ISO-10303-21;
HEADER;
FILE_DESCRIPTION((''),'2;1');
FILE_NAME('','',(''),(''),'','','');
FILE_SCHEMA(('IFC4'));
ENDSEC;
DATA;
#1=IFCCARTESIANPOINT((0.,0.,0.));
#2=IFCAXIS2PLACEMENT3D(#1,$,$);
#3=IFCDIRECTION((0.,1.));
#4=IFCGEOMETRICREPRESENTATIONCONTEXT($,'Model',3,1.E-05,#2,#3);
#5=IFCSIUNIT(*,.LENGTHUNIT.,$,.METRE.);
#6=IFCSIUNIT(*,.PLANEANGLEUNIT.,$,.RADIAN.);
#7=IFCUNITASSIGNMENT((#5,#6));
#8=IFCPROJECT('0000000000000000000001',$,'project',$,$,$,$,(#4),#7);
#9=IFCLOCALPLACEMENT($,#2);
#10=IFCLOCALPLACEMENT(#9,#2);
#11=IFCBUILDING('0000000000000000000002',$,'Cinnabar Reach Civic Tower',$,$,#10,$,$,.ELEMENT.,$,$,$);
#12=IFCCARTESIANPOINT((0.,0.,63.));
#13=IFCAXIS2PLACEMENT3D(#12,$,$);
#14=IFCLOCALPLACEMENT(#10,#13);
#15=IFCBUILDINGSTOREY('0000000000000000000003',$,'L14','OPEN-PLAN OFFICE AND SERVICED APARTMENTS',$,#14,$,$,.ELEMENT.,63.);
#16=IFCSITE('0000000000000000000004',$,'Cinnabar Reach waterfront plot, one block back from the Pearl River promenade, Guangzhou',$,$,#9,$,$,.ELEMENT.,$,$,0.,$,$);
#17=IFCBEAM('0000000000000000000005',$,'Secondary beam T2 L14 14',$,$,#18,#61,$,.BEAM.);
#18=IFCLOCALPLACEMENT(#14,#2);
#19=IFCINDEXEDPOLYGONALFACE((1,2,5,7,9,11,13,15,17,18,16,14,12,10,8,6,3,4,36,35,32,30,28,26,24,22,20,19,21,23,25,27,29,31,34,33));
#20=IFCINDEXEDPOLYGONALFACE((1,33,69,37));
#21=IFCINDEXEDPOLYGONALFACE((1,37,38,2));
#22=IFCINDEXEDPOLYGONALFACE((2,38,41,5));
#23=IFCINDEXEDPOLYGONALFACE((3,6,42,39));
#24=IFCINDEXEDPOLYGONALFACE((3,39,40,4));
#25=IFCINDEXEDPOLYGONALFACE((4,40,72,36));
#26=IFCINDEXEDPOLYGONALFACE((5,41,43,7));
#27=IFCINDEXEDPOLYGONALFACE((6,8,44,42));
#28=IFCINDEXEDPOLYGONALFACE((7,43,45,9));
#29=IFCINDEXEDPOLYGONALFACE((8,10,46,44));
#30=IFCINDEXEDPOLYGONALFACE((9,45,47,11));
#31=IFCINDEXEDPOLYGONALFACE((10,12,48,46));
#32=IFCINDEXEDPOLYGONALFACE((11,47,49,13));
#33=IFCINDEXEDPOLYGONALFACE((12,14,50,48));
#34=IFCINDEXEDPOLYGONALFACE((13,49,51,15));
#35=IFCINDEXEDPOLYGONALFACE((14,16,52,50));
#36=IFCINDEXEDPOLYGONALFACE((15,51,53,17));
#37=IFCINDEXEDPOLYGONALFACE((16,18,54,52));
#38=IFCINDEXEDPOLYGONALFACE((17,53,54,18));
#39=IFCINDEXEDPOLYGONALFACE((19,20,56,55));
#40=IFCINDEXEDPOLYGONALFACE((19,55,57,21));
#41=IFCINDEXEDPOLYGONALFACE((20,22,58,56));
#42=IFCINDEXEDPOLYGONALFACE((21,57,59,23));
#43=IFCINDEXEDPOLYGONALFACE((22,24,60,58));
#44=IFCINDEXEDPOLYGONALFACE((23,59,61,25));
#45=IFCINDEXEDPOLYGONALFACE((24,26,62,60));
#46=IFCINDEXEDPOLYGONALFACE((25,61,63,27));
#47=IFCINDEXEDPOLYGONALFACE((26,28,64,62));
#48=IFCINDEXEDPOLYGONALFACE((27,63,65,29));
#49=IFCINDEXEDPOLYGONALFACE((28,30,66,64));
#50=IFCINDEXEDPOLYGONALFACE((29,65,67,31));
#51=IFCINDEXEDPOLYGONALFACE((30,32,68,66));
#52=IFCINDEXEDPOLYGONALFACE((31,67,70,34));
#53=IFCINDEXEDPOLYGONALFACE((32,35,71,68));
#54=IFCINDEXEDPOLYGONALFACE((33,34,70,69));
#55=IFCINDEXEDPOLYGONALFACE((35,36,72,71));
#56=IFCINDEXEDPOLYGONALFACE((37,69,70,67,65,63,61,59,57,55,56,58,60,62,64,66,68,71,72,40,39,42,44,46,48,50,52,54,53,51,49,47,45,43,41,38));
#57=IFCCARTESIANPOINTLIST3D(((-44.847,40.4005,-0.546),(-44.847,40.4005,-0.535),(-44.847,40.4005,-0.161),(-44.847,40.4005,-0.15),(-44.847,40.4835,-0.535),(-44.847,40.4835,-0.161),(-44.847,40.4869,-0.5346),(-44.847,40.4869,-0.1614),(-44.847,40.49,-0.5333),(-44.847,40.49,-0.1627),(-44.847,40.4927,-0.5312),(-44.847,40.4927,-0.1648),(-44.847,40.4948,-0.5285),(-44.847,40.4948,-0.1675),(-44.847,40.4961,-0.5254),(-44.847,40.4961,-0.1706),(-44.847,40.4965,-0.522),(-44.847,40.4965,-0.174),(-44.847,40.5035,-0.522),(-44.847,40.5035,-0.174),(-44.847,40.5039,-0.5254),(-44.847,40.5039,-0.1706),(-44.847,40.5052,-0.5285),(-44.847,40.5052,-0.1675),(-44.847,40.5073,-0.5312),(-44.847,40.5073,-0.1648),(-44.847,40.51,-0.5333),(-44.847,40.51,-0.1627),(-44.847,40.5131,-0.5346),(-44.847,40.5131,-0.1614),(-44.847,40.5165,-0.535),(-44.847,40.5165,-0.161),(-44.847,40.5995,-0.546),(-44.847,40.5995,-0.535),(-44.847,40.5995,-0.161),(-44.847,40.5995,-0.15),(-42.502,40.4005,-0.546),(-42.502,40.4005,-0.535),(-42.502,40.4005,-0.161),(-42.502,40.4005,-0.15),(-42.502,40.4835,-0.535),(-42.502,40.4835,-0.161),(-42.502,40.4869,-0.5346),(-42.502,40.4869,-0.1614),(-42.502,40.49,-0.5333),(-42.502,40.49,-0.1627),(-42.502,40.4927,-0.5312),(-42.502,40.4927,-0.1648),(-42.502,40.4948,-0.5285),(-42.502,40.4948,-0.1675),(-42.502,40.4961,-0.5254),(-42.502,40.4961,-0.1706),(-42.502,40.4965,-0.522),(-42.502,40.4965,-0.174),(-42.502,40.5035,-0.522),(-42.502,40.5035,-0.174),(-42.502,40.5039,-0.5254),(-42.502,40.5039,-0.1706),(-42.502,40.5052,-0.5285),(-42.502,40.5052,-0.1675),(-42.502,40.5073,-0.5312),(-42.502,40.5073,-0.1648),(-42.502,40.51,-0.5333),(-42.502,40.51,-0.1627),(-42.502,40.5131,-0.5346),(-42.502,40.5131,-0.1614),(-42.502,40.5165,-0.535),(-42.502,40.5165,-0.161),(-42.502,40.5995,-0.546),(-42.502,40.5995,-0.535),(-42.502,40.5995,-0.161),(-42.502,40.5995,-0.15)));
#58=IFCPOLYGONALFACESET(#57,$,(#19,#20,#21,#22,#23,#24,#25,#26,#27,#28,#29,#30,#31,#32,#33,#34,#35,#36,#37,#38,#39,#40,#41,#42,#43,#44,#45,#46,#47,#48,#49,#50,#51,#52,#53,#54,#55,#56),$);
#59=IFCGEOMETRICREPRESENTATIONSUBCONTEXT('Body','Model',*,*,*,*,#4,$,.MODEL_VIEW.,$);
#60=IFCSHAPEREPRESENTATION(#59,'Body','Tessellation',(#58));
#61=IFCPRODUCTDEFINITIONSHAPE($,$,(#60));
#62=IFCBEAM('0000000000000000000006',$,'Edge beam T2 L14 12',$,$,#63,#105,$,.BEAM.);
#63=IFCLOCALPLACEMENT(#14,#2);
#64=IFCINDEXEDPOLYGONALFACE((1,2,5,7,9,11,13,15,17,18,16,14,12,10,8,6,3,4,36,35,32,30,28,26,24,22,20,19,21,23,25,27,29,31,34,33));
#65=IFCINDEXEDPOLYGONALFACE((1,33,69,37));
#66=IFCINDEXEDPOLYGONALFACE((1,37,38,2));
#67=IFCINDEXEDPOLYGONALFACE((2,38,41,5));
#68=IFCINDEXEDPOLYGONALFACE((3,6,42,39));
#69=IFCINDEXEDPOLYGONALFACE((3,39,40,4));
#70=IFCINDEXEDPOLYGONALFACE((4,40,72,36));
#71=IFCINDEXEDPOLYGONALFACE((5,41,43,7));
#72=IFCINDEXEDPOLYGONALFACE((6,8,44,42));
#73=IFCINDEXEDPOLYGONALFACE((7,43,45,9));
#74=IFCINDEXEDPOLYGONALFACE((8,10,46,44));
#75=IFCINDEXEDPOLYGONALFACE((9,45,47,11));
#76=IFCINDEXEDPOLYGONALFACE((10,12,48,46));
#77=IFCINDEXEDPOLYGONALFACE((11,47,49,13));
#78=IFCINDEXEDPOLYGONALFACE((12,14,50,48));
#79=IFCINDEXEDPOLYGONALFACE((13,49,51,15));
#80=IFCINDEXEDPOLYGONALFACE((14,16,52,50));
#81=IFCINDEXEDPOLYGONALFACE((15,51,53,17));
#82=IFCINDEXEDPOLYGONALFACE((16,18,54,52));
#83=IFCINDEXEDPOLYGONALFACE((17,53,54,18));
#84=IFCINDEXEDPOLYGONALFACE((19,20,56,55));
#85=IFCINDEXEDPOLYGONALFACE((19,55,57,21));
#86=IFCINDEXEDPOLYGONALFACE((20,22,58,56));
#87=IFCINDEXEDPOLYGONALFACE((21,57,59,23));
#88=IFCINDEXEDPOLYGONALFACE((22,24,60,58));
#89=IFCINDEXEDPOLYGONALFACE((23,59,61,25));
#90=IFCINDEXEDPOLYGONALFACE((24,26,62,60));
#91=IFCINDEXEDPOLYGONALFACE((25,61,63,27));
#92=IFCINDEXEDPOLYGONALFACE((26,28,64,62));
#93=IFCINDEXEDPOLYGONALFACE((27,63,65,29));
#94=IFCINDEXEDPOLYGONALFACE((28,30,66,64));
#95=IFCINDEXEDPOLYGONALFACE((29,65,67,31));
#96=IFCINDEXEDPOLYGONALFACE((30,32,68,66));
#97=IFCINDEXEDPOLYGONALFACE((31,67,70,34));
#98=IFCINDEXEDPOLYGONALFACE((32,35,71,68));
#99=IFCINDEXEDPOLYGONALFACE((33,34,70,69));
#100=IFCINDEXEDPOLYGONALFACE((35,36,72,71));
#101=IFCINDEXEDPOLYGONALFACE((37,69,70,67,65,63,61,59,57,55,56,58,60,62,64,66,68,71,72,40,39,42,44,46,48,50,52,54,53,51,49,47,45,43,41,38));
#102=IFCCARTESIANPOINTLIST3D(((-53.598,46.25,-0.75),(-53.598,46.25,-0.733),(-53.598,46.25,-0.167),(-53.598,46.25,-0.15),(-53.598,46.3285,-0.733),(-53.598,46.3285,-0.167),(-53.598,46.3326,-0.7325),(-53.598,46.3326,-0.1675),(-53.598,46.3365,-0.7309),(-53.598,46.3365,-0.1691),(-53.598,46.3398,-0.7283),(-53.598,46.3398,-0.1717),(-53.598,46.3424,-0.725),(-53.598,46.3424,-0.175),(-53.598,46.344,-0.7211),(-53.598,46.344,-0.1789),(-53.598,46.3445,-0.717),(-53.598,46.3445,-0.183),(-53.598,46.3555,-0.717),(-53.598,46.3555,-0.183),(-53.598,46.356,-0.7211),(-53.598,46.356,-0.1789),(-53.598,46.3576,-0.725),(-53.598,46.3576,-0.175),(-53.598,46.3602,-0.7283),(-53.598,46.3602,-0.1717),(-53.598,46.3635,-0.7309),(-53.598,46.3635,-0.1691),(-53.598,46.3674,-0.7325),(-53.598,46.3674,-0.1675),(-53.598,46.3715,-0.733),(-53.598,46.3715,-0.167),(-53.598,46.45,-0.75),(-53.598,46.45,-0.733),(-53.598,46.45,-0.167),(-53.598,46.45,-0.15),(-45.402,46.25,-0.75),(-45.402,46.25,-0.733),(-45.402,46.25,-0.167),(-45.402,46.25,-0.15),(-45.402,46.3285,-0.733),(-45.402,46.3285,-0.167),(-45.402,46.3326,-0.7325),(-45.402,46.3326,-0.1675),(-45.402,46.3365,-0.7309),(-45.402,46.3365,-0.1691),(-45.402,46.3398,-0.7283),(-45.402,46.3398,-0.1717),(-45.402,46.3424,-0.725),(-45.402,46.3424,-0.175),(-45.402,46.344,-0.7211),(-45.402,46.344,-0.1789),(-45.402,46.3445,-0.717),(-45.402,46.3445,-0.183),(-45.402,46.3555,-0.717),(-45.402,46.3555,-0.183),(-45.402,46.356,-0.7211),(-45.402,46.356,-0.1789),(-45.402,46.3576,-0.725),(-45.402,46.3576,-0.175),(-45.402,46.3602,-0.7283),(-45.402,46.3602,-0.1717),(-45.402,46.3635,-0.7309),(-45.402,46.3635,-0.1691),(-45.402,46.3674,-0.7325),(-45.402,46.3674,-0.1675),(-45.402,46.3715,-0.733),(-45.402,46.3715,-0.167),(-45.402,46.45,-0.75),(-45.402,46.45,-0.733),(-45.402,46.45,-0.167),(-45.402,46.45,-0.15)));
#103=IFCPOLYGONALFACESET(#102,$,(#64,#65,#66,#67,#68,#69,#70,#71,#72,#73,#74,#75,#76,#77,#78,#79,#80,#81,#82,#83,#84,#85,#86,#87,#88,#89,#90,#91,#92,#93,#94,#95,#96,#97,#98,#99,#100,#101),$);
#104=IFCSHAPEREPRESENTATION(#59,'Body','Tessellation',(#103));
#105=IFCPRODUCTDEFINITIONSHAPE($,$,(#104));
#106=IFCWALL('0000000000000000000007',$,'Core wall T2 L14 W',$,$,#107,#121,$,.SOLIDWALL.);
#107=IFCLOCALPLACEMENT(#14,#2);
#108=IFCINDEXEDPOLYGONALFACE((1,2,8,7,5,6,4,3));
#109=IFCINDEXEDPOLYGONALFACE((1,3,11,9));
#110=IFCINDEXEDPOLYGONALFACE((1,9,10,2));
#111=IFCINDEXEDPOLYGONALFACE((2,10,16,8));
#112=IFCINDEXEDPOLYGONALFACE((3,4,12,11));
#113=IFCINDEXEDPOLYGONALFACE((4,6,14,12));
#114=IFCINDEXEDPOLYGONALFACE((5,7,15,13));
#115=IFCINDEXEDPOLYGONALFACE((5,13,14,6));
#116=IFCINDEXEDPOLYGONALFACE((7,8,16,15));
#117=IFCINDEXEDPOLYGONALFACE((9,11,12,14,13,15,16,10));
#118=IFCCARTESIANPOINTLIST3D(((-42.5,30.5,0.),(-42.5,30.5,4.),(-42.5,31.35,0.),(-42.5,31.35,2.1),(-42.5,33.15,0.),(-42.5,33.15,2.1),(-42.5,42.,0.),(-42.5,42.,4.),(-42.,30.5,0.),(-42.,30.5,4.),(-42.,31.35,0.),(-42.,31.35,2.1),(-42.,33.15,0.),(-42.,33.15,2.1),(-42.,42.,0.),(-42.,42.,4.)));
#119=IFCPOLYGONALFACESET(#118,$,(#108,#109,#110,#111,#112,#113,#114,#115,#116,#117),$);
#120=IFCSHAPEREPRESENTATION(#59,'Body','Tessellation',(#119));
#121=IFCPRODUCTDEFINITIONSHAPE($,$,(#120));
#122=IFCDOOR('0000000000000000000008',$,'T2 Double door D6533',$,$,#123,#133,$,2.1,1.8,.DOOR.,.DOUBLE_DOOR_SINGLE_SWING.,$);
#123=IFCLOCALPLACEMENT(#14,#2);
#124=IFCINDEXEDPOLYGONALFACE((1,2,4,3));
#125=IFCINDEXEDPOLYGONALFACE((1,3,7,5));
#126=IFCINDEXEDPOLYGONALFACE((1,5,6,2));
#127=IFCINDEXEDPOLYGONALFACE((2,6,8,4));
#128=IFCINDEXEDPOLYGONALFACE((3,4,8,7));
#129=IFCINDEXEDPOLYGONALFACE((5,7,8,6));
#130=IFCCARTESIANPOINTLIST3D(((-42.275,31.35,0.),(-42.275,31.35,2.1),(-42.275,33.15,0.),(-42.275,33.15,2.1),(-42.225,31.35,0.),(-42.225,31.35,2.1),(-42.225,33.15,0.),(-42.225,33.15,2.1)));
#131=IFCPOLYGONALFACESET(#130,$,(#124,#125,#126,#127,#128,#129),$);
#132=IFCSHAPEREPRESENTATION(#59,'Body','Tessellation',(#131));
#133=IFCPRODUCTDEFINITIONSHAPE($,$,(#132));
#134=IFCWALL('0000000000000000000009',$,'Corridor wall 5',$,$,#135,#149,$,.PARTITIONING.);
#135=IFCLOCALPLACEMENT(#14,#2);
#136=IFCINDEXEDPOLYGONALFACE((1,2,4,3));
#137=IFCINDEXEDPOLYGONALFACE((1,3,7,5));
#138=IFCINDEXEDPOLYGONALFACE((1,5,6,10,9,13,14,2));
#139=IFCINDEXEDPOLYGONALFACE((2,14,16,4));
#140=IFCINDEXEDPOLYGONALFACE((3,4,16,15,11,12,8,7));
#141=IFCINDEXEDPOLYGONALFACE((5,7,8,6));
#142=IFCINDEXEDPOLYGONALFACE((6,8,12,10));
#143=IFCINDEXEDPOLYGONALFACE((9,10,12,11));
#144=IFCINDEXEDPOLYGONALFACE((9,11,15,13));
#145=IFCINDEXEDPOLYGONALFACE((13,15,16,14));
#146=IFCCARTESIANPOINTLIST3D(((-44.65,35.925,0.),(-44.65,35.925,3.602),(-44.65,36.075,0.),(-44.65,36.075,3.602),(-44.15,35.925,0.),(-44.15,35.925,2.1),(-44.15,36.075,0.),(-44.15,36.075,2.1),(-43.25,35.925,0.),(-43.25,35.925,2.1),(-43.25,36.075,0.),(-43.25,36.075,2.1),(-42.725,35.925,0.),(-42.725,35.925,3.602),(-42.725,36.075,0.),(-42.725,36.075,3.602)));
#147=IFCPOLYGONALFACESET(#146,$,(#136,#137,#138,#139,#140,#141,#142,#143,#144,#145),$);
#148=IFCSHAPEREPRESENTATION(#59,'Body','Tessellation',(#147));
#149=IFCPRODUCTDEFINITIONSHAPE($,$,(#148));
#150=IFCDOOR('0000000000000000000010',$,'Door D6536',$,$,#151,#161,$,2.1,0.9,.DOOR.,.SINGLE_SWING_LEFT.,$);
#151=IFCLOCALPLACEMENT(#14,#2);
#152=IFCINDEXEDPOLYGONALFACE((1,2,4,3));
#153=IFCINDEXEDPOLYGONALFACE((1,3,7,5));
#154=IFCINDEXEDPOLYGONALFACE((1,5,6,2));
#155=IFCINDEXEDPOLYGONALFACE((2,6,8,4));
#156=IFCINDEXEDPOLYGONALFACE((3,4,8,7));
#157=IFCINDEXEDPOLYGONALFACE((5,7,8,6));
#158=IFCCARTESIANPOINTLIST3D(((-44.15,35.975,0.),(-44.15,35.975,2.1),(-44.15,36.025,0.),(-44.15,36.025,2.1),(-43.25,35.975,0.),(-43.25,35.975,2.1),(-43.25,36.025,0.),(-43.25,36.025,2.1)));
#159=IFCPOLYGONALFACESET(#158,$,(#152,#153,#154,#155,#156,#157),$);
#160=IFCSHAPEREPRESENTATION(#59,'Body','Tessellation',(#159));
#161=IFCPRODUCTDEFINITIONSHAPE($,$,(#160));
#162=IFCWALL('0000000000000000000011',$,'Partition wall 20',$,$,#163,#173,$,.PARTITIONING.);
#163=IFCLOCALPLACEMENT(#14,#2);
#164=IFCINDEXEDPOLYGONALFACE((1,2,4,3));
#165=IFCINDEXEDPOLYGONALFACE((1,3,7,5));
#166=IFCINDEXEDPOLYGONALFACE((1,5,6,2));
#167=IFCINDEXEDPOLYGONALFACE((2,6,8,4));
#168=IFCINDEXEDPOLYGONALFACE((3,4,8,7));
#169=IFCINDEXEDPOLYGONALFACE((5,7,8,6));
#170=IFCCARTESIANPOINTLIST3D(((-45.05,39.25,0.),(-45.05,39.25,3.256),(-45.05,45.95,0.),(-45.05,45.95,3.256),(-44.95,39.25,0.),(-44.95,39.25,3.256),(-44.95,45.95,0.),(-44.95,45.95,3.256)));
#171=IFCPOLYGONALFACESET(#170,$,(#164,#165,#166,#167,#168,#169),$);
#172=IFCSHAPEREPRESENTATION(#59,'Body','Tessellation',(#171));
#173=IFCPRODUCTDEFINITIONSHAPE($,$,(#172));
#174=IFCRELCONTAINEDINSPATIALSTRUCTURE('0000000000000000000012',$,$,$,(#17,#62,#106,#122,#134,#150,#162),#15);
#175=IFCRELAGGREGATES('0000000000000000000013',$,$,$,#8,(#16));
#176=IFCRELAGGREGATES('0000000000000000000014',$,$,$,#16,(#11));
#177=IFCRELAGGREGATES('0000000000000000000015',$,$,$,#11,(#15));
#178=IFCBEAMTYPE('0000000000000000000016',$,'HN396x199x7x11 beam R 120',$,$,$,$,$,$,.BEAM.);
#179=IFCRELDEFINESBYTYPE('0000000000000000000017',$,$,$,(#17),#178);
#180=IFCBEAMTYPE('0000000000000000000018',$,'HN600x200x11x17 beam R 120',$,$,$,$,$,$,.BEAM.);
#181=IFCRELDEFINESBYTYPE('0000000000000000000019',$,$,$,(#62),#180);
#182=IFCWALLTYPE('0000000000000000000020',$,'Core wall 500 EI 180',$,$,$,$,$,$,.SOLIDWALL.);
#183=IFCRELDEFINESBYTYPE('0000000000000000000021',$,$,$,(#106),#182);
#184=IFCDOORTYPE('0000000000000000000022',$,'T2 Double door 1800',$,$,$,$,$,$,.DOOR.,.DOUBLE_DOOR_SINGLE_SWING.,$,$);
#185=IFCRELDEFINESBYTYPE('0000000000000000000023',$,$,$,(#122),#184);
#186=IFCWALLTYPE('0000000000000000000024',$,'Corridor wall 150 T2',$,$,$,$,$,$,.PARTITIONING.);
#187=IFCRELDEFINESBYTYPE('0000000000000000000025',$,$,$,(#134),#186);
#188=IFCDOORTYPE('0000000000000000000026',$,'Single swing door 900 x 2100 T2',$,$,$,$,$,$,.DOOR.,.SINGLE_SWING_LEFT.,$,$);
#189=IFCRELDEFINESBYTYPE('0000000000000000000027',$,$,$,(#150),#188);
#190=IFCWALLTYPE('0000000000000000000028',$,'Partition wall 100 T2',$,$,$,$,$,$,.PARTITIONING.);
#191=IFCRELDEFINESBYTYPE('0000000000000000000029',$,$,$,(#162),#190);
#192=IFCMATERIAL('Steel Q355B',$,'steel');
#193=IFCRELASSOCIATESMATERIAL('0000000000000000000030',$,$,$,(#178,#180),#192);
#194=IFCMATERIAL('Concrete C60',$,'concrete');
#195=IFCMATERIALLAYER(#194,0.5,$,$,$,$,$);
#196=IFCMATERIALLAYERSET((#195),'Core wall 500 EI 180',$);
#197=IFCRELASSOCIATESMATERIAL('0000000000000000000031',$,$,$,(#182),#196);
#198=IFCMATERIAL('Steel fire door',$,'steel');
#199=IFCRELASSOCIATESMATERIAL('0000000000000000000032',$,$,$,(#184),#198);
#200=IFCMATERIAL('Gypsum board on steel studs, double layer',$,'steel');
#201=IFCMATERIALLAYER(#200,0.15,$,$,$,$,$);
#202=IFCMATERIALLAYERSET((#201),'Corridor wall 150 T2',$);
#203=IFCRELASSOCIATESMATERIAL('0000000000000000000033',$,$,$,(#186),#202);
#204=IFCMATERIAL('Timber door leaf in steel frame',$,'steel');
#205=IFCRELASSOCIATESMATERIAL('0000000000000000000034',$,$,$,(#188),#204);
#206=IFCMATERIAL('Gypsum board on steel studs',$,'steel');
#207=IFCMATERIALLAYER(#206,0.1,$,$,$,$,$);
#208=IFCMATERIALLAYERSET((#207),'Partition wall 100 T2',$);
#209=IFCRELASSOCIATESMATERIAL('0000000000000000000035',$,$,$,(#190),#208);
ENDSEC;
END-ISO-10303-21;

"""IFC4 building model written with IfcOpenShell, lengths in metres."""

from ifc_helpers import new_model, si_unit, direction, frame, frame_2d, origin, origin_2d, place, context, subcontext, project, spatial, rectangle, i_section, extrude, material, layer, layer_set, material_profile, profile_set, type_object, element, fill, save


model = new_model("IFC4")

# Units and contexts
model_context = context("Model", 3, precision=1e-05, world=origin(), true_north=direction((0.0, 1.0)))
body_context = subcontext(model_context, "Body", "Model", "MODEL_VIEW")
ifc_project = project(units=[si_unit("LENGTHUNIT", "METRE"), si_unit("PLANEANGLEUNIT", "RADIAN")], contexts=[model_context])

# Site, building, storey
site_placement = place(None, origin())
site = spatial("IfcSite", under=ifc_project, at=site_placement, Name="Cinnabar Reach waterfront plot, one block back from the Pearl River promenade, Guangzhou", CompositionType="ELEMENT", RefElevation=0.0)
building_placement = place(site_placement, origin())
building = spatial("IfcBuilding", under=site, at=building_placement, Name="Cinnabar Reach Civic Tower", CompositionType="ELEMENT")
storey_placement = place(building_placement, frame((0.0, 0.0, 63.0)))
storey = spatial("IfcBuildingStorey", under=building, at=storey_placement, Name="L14", Description="OPEN-PLAN OFFICE AND SERVICED APARTMENTS", CompositionType="ELEMENT", Elevation=63.0)

# Shared definitions
ifc_material_1 = material(Name="Concrete C60", Category="concrete")

# Beams
ifc_material_2 = material(Name="Steel Q355B", Category="steel")
ifc_material_profile_1 = material_profile(ifc_material_2, i_section(OverallWidth=0.199, OverallDepth=0.396, WebThickness=0.007, FlangeThickness=0.011, FilletRadius=0.013, at=origin_2d()), Name="HN396x199x7x11")
ifc_profile_set_1 = profile_set([ifc_material_profile_1], Name="Steel Q355B")
beam_type_1 = type_object("IfcBeamType", Name="HN396x199x7x11 beam R 120", PredefinedType="BEAM", material=ifc_profile_set_1)
for number, where, z_axis, x_axis, name in (
    (1, (-44.847, 40.5, -0.348), (1.0, 0.0, 0.0), (0.0, 1.0, 0.0), "Secondary beam T2 L14 14"),
):
    element("IfcBeam", number, at=place(storey_placement, frame(where, z_axis=z_axis, x_axis=x_axis)), inside=storey, type_object=beam_type_1, Name=name, PredefinedType="BEAM", context=body_context, shape_type="SweptSolid", body=[
        extrude(i_section(OverallWidth=0.199, OverallDepth=0.396, WebThickness=0.007, FlangeThickness=0.011, FilletRadius=0.013, at=origin_2d()), origin(), (0.0, 0.0, 1.0), 2.345),
    ])
ifc_material_profile_2 = material_profile(ifc_material_2, i_section(OverallWidth=0.2, OverallDepth=0.6, WebThickness=0.011, FlangeThickness=0.017, FilletRadius=0.016, at=origin_2d()), Name="HN600x200x11x17")
ifc_profile_set_2 = profile_set([ifc_material_profile_2], Name="Steel Q355B")
beam_type_2 = type_object("IfcBeamType", Name="HN600x200x11x17 beam R 120", PredefinedType="BEAM", material=ifc_profile_set_2)
beam_1_placement = place(storey_placement, frame((-45.402, 46.35, -0.45), z_axis=(-1.0, 0.0, 0.0), x_axis=(0.0, -1.0, 0.0)))
element("IfcBeam", 2, at=beam_1_placement, inside=storey, type_object=beam_type_2, Name="Edge beam T2 L14 12", PredefinedType="BEAM", context=body_context, shape_type="SweptSolid", body=[
    extrude(i_section(OverallWidth=0.2, OverallDepth=0.6, WebThickness=0.011, FlangeThickness=0.017, FilletRadius=0.016, at=origin_2d()), origin(), (0.0, 0.0, 1.0), 8.196),
])

# Walls, openings, doors
ifc_layer_1 = layer(ifc_material_1, 0.5)
ifc_layer_set_1 = layer_set([ifc_layer_1], Name="Core wall 500 EI 180")
wall_type_1 = type_object("IfcWallType", Name="Core wall 500 EI 180", PredefinedType="SOLIDWALL", material=ifc_layer_set_1)
wall_1_placement = place(storey_placement, frame((-42.25, 42.0, 0.0), z_axis=(0.0, 0.0, 1.0), x_axis=(0.0, -1.0, 0.0)))
wall_1 = element("IfcWall", 3, at=wall_1_placement, inside=storey, type_object=wall_type_1, Name="Core wall T2 L14 W", PredefinedType="SOLIDWALL", context=body_context, shape_type="SweptSolid", body=[
    extrude(rectangle(XDim=11.5, YDim=0.5, at=frame_2d((5.75, 0.0))), origin(), (0.0, 0.0, 1.0), 4.0),
])
opening_1_placement = place(wall_1_placement, frame((8.85, 0.0, 0.0)))
opening_1 = element("IfcOpeningElement", 4, at=opening_1_placement, cuts=wall_1, PredefinedType="OPENING", context=body_context, shape_type="SweptSolid", body=[
    extrude(rectangle(XDim=1.8, YDim=2.1, at=frame_2d((0.9, 1.05))), frame((0.0, 0.26, 0.0), z_axis=(0.0, -1.0, 0.0), x_axis=(1.0, 0.0, 0.0)), (0.0, 0.0, 1.0), 0.52),
])
ifc_material_3 = material(Name="Steel fire door", Category="steel")
door_type_1 = type_object("IfcDoorType", Name="T2 Double door 1800", OperationType="DOUBLE_DOOR_SINGLE_SWING", PredefinedType="DOOR", material=ifc_material_3)
door_1_placement = place(opening_1_placement, frame((1.8, 0.0, 0.0), z_axis=(0.0, 0.0, 1.0), x_axis=(-1.0, 0.0, 0.0)))
door_1 = element("IfcDoor", 5, at=door_1_placement, inside=storey, type_object=door_type_1, Name="T2 Double door D6533", OperationType="DOUBLE_DOOR_SINGLE_SWING", OverallHeight=2.1, OverallWidth=1.8, PredefinedType="DOOR", context=body_context, shape_type="SweptSolid", body=[
    extrude(rectangle(XDim=1.8, YDim=2.1, at=frame_2d((0.9, 1.05))), frame((0.0, 0.025, 0.0), z_axis=(0.0, -1.0, 0.0), x_axis=(1.0, 0.0, 0.0)), (0.0, 0.0, 1.0), 0.05),
])
fill(opening_1, door_1)
ifc_material_4 = material(Name="Gypsum board on steel studs, double layer", Category="steel")
ifc_layer_2 = layer(ifc_material_4, 0.15)
ifc_layer_set_2 = layer_set([ifc_layer_2], Name="Corridor wall 150 T2")
wall_type_2 = type_object("IfcWallType", Name="Corridor wall 150 T2", PredefinedType="PARTITIONING", material=ifc_layer_set_2)
wall_2_placement = place(storey_placement, frame((-44.65, 36.0, 0.0), z_axis=(0.0, 0.0, 1.0), x_axis=(1.0, 0.0, 0.0)))
wall_2 = element("IfcWall", 6, at=wall_2_placement, inside=storey, type_object=wall_type_2, Name="Corridor wall 5", PredefinedType="PARTITIONING", context=body_context, shape_type="SweptSolid", body=[
    extrude(rectangle(XDim=1.925, YDim=0.15, at=frame_2d((0.9625, 0.0))), origin(), (0.0, 0.0, 1.0), 3.602),
])
opening_2_placement = place(wall_2_placement, frame((0.5, 0.0, 0.0)))
opening_2 = element("IfcOpeningElement", 7, at=opening_2_placement, cuts=wall_2, PredefinedType="OPENING", context=body_context, shape_type="SweptSolid", body=[
    extrude(rectangle(XDim=0.9, YDim=2.1, at=frame_2d((0.45, 1.05))), frame((0.0, 0.085, 0.0), z_axis=(0.0, -1.0, 0.0), x_axis=(1.0, 0.0, 0.0)), (0.0, 0.0, 1.0), 0.17),
])
ifc_material_5 = material(Name="Timber door leaf in steel frame", Category="steel")
door_type_2 = type_object("IfcDoorType", Name="Single swing door 900 x 2100 T2", OperationType="SINGLE_SWING_LEFT", PredefinedType="DOOR", material=ifc_material_5)
door_2_placement = place(opening_2_placement, origin())
door_2 = element("IfcDoor", 8, at=door_2_placement, inside=storey, type_object=door_type_2, Name="Door D6536", OperationType="SINGLE_SWING_LEFT", OverallHeight=2.1, OverallWidth=0.9, PredefinedType="DOOR", context=body_context, shape_type="SweptSolid", body=[
    extrude(rectangle(XDim=0.9, YDim=2.1, at=frame_2d((0.45, 1.05))), frame((0.0, 0.025, 0.0), z_axis=(0.0, -1.0, 0.0), x_axis=(1.0, 0.0, 0.0)), (0.0, 0.0, 1.0), 0.05),
])
fill(opening_2, door_2)

# Wall
ifc_material_6 = material(Name="Gypsum board on steel studs", Category="steel")
ifc_layer_3 = layer(ifc_material_6, 0.1)
ifc_layer_set_3 = layer_set([ifc_layer_3], Name="Partition wall 100 T2")
wall_type_3 = type_object("IfcWallType", Name="Partition wall 100 T2", PredefinedType="PARTITIONING", material=ifc_layer_set_3)
wall_3_placement = place(storey_placement, frame((-45.0, 39.25, 0.0), z_axis=(0.0, 0.0, 1.0), x_axis=(0.0, 1.0, 0.0)))
element("IfcWall", 9, at=wall_3_placement, inside=storey, type_object=wall_type_3, Name="Partition wall 20", PredefinedType="PARTITIONING", context=body_context, shape_type="SweptSolid", body=[
    extrude(rectangle(XDim=6.7, YDim=0.1, at=frame_2d((3.35, 0.0))), origin(), (0.0, 0.0, 1.0), 3.256),
])

save(model, "model.ifc")
